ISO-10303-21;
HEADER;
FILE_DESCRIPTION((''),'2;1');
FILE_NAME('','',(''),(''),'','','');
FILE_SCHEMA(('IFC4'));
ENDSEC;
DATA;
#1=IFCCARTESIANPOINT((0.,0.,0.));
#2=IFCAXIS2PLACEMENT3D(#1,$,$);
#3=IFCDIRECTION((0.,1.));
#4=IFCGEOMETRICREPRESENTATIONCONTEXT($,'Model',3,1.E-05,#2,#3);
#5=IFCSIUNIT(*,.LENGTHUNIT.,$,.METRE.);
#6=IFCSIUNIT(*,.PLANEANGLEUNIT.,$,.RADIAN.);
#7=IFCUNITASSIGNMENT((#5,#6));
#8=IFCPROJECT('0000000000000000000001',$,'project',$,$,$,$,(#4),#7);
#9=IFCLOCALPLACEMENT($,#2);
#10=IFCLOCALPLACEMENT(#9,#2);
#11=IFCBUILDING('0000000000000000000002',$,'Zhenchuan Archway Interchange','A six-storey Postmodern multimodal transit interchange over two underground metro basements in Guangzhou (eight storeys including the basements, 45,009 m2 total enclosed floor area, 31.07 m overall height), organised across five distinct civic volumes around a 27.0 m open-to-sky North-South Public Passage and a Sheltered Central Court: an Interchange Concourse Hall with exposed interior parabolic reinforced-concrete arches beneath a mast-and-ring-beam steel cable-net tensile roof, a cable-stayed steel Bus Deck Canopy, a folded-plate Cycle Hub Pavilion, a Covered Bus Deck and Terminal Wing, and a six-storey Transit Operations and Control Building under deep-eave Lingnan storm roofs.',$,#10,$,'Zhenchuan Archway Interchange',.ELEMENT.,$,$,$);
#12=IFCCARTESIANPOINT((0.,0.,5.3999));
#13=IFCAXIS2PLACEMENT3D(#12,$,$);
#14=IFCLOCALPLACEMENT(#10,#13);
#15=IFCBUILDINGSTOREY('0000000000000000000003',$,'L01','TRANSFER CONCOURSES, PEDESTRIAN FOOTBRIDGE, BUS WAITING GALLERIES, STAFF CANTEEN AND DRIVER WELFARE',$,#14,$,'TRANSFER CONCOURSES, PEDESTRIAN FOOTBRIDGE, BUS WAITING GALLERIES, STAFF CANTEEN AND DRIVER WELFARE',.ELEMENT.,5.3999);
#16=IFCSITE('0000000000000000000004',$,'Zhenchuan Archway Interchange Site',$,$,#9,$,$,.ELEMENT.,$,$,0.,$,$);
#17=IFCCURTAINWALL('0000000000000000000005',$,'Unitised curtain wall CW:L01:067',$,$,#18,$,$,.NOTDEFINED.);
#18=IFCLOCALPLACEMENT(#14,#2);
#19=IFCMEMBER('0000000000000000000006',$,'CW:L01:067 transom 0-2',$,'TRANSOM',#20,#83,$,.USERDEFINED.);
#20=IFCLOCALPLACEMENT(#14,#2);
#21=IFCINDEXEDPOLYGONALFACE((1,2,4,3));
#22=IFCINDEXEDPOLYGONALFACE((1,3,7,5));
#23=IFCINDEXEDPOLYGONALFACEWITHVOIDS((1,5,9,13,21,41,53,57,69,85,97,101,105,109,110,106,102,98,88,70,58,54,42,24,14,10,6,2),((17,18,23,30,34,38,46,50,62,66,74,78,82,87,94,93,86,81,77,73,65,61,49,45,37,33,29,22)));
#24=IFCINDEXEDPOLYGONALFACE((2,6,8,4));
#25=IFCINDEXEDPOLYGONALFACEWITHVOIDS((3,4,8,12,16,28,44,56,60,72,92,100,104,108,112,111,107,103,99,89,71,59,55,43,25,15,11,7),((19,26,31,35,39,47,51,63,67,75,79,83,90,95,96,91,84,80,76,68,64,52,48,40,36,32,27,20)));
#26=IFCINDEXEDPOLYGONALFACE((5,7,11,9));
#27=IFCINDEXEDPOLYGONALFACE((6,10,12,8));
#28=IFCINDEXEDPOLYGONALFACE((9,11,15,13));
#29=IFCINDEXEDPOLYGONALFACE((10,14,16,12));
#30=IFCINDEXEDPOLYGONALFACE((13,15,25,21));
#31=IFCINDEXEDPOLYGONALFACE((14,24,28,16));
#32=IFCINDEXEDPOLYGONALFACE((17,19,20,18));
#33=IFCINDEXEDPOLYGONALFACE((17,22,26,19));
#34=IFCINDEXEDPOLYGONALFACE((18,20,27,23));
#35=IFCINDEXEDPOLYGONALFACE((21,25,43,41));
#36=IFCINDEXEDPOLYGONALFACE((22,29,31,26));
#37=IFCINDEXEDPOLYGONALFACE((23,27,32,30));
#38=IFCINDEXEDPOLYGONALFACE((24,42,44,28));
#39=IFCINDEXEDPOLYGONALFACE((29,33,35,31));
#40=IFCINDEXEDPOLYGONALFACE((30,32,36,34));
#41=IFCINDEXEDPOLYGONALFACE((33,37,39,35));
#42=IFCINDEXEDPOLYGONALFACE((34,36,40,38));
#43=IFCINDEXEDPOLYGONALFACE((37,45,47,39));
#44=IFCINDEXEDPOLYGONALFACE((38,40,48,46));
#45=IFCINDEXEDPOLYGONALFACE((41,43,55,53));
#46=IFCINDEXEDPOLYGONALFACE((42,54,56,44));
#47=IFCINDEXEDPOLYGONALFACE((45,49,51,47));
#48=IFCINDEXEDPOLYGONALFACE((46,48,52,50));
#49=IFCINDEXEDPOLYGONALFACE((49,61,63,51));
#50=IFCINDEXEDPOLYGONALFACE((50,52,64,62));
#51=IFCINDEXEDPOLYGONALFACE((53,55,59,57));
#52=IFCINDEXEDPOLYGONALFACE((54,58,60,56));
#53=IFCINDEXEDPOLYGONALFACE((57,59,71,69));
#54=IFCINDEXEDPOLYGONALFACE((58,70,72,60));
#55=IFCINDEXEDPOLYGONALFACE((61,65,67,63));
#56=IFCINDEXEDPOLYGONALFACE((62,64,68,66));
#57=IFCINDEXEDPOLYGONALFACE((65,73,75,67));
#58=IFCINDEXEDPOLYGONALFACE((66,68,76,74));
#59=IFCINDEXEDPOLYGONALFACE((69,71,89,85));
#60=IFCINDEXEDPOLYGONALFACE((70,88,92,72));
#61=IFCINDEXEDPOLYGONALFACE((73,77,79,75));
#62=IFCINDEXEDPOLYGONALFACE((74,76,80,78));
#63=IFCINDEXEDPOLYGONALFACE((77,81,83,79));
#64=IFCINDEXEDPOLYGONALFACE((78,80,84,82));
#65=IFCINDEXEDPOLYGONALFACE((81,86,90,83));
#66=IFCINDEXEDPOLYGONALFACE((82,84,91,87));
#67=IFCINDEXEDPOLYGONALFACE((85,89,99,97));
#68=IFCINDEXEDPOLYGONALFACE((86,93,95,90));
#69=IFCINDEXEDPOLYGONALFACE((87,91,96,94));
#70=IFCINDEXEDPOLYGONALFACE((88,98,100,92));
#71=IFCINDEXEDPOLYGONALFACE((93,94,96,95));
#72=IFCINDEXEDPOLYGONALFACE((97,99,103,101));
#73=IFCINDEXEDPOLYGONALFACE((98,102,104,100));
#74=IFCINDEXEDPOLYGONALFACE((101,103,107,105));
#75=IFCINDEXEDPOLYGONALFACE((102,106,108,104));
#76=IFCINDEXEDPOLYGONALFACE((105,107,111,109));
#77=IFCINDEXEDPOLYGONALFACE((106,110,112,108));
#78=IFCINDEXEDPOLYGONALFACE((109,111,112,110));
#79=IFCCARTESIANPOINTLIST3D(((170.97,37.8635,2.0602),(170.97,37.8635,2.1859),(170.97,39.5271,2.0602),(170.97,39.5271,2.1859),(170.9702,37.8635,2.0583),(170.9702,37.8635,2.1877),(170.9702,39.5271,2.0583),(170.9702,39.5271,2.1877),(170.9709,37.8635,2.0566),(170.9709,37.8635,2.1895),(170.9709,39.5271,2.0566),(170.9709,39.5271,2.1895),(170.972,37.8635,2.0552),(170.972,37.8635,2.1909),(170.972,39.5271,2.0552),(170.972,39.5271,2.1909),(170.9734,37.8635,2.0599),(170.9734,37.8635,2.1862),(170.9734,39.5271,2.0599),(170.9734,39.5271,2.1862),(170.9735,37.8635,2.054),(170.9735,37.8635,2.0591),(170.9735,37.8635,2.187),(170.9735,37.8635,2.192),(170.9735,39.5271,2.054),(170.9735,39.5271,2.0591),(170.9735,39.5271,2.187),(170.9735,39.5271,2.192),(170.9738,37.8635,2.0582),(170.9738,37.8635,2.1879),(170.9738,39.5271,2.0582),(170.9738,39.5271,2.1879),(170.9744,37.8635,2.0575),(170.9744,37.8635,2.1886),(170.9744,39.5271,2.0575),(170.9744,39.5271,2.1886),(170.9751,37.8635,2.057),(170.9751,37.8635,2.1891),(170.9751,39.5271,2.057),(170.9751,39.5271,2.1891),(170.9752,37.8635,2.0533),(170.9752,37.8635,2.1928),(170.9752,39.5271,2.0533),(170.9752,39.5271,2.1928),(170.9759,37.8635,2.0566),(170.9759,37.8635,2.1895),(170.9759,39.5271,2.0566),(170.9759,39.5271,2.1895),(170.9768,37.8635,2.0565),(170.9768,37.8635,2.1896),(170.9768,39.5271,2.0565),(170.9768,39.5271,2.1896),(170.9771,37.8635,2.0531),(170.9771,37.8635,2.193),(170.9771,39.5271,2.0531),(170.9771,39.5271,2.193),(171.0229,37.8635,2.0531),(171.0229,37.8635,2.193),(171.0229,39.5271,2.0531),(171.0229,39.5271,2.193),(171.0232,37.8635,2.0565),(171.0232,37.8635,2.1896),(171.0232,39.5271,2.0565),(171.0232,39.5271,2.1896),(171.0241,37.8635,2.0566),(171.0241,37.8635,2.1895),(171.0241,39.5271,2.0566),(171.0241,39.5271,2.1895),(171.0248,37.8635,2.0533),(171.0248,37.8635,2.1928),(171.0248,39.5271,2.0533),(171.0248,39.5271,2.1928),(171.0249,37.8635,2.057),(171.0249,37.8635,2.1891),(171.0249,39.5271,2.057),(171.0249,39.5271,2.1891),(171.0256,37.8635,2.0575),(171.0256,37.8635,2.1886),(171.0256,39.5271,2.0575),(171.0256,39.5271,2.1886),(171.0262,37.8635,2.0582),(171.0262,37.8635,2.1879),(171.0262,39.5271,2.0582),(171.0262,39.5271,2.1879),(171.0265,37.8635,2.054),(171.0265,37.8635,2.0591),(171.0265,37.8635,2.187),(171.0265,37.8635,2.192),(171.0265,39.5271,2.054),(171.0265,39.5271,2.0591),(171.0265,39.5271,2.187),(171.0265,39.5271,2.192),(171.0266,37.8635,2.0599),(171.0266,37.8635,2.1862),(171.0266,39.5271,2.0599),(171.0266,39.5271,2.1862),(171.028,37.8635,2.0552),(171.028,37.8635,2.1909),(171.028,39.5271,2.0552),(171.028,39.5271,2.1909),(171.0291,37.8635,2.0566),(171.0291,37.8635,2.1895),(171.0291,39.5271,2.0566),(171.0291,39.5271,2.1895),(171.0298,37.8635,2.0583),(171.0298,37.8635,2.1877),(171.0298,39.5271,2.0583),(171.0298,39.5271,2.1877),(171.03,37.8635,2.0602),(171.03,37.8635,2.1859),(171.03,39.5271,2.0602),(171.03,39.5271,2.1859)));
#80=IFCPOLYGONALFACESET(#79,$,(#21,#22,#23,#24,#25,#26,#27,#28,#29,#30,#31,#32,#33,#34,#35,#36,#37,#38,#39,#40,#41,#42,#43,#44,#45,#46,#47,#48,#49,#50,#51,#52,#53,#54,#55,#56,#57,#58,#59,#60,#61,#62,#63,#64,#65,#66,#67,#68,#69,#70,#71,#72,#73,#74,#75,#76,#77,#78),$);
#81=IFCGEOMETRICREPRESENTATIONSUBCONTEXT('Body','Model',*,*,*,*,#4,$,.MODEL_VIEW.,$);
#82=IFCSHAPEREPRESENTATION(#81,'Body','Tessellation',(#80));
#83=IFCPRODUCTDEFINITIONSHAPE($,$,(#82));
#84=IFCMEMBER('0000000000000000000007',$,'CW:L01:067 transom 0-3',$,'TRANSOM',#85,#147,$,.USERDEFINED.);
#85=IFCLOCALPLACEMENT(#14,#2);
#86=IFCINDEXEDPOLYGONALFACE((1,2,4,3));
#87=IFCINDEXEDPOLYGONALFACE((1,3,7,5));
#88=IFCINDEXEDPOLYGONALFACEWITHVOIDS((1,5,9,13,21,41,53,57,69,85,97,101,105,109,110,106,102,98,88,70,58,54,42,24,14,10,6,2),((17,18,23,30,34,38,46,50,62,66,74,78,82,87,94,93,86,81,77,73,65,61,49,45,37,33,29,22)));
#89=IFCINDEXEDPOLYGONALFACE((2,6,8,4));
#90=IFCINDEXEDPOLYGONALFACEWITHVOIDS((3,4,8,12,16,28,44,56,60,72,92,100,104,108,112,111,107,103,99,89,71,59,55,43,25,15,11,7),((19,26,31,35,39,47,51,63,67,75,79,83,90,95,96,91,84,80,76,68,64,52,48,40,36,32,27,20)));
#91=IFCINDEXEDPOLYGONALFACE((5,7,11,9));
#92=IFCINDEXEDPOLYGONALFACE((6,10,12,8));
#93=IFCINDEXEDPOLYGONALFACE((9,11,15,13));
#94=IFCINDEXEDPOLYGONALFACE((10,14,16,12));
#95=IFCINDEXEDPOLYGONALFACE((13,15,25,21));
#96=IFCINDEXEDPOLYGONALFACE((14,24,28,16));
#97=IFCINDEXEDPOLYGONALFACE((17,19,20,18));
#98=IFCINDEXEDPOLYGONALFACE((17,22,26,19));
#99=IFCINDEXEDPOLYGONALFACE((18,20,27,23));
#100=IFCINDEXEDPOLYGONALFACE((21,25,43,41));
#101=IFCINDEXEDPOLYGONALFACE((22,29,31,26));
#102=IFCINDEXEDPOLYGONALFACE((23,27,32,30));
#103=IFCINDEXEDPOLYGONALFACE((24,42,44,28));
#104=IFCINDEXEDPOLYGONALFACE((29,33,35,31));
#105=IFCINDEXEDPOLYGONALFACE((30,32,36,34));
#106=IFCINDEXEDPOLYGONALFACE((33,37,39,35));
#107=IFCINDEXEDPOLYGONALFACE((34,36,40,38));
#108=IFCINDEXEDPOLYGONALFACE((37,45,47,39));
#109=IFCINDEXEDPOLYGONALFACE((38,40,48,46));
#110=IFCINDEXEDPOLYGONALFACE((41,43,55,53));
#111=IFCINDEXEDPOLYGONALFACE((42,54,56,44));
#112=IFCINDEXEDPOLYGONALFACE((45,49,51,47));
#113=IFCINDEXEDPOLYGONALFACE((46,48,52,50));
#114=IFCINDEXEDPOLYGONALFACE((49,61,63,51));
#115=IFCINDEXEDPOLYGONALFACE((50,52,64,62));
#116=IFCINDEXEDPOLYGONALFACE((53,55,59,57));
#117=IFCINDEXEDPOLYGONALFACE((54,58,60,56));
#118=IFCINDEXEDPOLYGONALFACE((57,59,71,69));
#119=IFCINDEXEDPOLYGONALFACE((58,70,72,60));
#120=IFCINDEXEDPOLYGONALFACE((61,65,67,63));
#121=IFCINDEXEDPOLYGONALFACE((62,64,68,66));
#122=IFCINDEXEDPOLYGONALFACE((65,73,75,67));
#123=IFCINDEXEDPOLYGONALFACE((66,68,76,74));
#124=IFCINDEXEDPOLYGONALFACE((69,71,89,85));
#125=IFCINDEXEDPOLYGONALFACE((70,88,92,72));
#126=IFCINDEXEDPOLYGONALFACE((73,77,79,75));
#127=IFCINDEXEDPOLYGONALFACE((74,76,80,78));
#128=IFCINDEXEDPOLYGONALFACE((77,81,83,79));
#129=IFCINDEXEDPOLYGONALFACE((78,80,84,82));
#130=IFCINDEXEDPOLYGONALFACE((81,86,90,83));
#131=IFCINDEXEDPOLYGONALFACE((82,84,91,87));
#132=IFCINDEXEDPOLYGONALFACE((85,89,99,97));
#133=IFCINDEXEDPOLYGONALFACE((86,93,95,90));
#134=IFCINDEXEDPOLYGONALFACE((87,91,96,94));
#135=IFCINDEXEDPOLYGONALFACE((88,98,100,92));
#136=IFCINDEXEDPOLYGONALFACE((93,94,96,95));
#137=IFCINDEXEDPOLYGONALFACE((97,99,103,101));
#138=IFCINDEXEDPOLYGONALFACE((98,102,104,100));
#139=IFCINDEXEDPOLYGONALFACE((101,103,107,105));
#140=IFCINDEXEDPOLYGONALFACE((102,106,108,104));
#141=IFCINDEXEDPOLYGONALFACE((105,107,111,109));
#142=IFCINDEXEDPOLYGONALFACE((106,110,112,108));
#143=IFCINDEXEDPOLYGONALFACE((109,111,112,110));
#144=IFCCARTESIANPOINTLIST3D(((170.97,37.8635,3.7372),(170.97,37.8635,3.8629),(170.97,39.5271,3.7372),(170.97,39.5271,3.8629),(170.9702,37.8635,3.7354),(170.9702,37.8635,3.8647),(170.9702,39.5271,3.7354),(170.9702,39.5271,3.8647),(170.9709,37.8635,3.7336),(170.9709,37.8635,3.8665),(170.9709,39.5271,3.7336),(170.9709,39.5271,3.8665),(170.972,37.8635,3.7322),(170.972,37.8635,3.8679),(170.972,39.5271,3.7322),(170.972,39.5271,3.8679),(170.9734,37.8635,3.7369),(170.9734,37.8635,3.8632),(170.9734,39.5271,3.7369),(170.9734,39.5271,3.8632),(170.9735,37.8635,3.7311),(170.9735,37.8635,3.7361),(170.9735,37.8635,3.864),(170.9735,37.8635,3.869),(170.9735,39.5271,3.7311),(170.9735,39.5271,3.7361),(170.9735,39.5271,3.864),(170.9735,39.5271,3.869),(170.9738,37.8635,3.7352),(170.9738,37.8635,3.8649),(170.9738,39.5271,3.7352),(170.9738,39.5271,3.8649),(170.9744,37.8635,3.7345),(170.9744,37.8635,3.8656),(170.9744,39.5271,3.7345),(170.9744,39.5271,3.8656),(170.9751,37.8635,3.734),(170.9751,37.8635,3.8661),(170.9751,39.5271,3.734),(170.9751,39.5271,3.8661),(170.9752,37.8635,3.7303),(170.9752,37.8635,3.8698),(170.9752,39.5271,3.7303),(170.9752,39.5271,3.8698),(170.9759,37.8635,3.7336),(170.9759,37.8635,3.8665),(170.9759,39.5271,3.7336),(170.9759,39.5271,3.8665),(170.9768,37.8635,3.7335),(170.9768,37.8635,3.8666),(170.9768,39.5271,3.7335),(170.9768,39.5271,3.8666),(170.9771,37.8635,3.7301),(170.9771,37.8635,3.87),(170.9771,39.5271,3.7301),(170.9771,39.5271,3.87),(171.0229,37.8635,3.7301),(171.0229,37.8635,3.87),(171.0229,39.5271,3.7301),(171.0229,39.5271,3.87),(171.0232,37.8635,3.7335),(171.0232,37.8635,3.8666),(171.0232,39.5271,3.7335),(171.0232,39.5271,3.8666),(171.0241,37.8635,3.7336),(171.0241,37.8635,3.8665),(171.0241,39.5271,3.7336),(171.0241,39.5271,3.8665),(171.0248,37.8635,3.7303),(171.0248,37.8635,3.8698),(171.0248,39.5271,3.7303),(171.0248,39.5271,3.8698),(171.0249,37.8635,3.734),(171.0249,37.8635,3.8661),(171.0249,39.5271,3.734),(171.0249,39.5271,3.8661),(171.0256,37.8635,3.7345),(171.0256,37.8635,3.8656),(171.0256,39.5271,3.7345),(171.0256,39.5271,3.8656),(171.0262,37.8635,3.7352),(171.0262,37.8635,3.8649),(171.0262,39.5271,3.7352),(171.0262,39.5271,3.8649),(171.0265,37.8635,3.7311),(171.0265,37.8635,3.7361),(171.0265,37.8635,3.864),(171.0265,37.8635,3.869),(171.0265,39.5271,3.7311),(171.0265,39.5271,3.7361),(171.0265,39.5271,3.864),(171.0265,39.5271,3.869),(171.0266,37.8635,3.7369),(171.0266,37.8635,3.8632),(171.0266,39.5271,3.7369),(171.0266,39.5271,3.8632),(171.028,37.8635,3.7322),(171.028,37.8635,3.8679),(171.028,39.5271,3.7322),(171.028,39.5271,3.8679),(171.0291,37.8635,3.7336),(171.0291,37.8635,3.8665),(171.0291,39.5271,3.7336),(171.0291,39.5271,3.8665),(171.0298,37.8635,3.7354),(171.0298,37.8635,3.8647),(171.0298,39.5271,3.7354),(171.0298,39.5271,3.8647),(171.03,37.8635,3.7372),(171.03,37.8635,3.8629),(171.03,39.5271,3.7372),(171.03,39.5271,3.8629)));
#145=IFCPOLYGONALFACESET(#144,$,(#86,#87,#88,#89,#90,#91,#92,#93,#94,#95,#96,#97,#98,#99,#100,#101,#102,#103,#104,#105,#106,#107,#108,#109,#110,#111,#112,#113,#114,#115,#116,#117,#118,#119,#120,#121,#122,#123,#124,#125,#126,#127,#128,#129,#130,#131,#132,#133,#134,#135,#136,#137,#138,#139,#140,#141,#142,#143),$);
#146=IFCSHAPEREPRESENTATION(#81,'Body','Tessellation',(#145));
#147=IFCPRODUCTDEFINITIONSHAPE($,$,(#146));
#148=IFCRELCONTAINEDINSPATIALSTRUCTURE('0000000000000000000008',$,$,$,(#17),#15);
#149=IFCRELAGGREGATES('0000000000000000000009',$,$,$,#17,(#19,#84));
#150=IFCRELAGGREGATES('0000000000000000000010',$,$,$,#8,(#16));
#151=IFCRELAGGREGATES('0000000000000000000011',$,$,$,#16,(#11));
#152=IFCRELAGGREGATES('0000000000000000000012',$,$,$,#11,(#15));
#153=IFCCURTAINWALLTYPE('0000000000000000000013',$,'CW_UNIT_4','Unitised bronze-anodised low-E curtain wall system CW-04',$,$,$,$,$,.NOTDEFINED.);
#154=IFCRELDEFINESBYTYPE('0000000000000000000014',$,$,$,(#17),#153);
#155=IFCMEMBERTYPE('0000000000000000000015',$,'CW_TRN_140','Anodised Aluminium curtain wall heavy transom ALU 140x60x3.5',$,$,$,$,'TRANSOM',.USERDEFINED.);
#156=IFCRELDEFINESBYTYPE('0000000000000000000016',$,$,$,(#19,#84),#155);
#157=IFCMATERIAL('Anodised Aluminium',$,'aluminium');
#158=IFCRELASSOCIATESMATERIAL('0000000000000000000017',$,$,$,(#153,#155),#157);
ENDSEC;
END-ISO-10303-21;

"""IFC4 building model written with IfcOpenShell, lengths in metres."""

from ifc_helpers import new_model, si_unit, direction, frame, origin, origin_2d, place, context, subcontext, project, spatial, hollow_rectangle, extrude, material, material_profile, profile_set, type_object, element, aggregate, save


model = new_model("IFC4")

# Units and contexts
model_context = context("Model", 3, precision=1e-05, world=origin(), true_north=direction((0.0, 1.0)))
body_context = subcontext(model_context, "Body", "Model", "MODEL_VIEW")
ifc_project = project(units=[si_unit("LENGTHUNIT", "METRE"), si_unit("PLANEANGLEUNIT", "RADIAN")], contexts=[model_context])

# Site, building, storey
site_placement = place(None, origin())
site = spatial("IfcSite", under=ifc_project, at=site_placement, Name="Zhenchuan Archway Interchange Site", CompositionType="ELEMENT", RefElevation=0.0)
building_placement = place(site_placement, origin())
building = spatial("IfcBuilding", under=site, at=building_placement, Name="Zhenchuan Archway Interchange", Description="A six-storey Postmodern multimodal transit interchange over two underground metro basements in Guangzhou (eight storeys including the basements, 45,009 m2 total enclosed floor area, 31.07 m overall height), organised across five distinct civic volumes around a 27.0 m open-to-sky North-South Public Passage and a Sheltered Central Court: an Interchange Concourse Hall with exposed interior parabolic reinforced-concrete arches beneath a mast-and-ring-beam steel cable-net tensile roof, a cable-stayed steel Bus Deck Canopy, a folded-plate Cycle Hub Pavilion, a Covered Bus Deck and Terminal Wing, and a six-storey Transit Operations and Control Building under deep-eave Lingnan storm roofs.", LongName="Zhenchuan Archway Interchange", CompositionType="ELEMENT")
storey_placement = place(building_placement, frame((0.0, 0.0, 5.3999)))
storey = spatial("IfcBuildingStorey", under=building, at=storey_placement, Name="L01", Description="TRANSFER CONCOURSES, PEDESTRIAN FOOTBRIDGE, BUS WAITING GALLERIES, STAFF CANTEEN AND DRIVER WELFARE", LongName="TRANSFER CONCOURSES, PEDESTRIAN FOOTBRIDGE, BUS WAITING GALLERIES, STAFF CANTEEN AND DRIVER WELFARE", CompositionType="ELEMENT", Elevation=5.3999)

# Curtain wall, members
ifc_material_1 = material(Name="Anodised Aluminium", Category="aluminium")
curtain_wall_type = type_object("IfcCurtainWallType", Name="CW_UNIT_4", Description="Unitised bronze-anodised low-E curtain wall system CW-04", PredefinedType="NOTDEFINED", material=ifc_material_1)
curtain_wall_placement = place(storey_placement, origin())
curtain_wall = element("IfcCurtainWall", 1, at=curtain_wall_placement, inside=storey, type_object=curtain_wall_type, Name="Unitised curtain wall CW:L01:067", PredefinedType="NOTDEFINED")
ifc_material_profile_1 = material_profile(ifc_material_1, hollow_rectangle(XDim=0.0601, YDim=0.1399, WallThickness=0.0034, InnerFilletRadius=0.0034, OuterFilletRadius=0.0071, at=origin_2d()), Name="ALU 140x60x3.5")
ifc_profile_set_1 = profile_set([ifc_material_profile_1], Name="Anodised Aluminium")
member_type_1 = type_object("IfcMemberType", Name="CW_TRN_140", Description="Anodised Aluminium curtain wall heavy transom ALU 140x60x3.5", ElementType="TRANSOM", PredefinedType="USERDEFINED", material=ifc_profile_set_1)
member_1_placement = place(storey_placement, frame((171.0, 39.5271, 2.123), z_axis=(0.0, -1.0, 0.0), x_axis=(1.0, 0.0, 0.0)))
member_1 = element("IfcMember", 2, at=member_1_placement, type_object=member_type_1, Name="CW:L01:067 transom 0-2", ObjectType="TRANSOM", PredefinedType="USERDEFINED", context=body_context, shape_type="SweptSolid", body=[
    extrude(hollow_rectangle(XDim=0.0601, YDim=0.1399, WallThickness=0.0034, InnerFilletRadius=0.0034, OuterFilletRadius=0.0071, at=origin_2d()), origin(), (0.0, 0.0, 1.0), 1.6636),
])
member_2_placement = place(storey_placement, frame((171.0, 39.5271, 3.8), z_axis=(0.0, -1.0, 0.0), x_axis=(1.0, 0.0, 0.0)))
member_2 = element("IfcMember", 3, at=member_2_placement, type_object=member_type_1, Name="CW:L01:067 transom 0-3", ObjectType="TRANSOM", PredefinedType="USERDEFINED", context=body_context, shape_type="SweptSolid", body=[
    extrude(hollow_rectangle(XDim=0.0601, YDim=0.1399, WallThickness=0.0034, InnerFilletRadius=0.0034, OuterFilletRadius=0.0071, at=origin_2d()), origin(), (0.0, 0.0, 1.0), 1.6636),
])
aggregate(curtain_wall, [member_1, member_2])

save(model, "model.ifc")
